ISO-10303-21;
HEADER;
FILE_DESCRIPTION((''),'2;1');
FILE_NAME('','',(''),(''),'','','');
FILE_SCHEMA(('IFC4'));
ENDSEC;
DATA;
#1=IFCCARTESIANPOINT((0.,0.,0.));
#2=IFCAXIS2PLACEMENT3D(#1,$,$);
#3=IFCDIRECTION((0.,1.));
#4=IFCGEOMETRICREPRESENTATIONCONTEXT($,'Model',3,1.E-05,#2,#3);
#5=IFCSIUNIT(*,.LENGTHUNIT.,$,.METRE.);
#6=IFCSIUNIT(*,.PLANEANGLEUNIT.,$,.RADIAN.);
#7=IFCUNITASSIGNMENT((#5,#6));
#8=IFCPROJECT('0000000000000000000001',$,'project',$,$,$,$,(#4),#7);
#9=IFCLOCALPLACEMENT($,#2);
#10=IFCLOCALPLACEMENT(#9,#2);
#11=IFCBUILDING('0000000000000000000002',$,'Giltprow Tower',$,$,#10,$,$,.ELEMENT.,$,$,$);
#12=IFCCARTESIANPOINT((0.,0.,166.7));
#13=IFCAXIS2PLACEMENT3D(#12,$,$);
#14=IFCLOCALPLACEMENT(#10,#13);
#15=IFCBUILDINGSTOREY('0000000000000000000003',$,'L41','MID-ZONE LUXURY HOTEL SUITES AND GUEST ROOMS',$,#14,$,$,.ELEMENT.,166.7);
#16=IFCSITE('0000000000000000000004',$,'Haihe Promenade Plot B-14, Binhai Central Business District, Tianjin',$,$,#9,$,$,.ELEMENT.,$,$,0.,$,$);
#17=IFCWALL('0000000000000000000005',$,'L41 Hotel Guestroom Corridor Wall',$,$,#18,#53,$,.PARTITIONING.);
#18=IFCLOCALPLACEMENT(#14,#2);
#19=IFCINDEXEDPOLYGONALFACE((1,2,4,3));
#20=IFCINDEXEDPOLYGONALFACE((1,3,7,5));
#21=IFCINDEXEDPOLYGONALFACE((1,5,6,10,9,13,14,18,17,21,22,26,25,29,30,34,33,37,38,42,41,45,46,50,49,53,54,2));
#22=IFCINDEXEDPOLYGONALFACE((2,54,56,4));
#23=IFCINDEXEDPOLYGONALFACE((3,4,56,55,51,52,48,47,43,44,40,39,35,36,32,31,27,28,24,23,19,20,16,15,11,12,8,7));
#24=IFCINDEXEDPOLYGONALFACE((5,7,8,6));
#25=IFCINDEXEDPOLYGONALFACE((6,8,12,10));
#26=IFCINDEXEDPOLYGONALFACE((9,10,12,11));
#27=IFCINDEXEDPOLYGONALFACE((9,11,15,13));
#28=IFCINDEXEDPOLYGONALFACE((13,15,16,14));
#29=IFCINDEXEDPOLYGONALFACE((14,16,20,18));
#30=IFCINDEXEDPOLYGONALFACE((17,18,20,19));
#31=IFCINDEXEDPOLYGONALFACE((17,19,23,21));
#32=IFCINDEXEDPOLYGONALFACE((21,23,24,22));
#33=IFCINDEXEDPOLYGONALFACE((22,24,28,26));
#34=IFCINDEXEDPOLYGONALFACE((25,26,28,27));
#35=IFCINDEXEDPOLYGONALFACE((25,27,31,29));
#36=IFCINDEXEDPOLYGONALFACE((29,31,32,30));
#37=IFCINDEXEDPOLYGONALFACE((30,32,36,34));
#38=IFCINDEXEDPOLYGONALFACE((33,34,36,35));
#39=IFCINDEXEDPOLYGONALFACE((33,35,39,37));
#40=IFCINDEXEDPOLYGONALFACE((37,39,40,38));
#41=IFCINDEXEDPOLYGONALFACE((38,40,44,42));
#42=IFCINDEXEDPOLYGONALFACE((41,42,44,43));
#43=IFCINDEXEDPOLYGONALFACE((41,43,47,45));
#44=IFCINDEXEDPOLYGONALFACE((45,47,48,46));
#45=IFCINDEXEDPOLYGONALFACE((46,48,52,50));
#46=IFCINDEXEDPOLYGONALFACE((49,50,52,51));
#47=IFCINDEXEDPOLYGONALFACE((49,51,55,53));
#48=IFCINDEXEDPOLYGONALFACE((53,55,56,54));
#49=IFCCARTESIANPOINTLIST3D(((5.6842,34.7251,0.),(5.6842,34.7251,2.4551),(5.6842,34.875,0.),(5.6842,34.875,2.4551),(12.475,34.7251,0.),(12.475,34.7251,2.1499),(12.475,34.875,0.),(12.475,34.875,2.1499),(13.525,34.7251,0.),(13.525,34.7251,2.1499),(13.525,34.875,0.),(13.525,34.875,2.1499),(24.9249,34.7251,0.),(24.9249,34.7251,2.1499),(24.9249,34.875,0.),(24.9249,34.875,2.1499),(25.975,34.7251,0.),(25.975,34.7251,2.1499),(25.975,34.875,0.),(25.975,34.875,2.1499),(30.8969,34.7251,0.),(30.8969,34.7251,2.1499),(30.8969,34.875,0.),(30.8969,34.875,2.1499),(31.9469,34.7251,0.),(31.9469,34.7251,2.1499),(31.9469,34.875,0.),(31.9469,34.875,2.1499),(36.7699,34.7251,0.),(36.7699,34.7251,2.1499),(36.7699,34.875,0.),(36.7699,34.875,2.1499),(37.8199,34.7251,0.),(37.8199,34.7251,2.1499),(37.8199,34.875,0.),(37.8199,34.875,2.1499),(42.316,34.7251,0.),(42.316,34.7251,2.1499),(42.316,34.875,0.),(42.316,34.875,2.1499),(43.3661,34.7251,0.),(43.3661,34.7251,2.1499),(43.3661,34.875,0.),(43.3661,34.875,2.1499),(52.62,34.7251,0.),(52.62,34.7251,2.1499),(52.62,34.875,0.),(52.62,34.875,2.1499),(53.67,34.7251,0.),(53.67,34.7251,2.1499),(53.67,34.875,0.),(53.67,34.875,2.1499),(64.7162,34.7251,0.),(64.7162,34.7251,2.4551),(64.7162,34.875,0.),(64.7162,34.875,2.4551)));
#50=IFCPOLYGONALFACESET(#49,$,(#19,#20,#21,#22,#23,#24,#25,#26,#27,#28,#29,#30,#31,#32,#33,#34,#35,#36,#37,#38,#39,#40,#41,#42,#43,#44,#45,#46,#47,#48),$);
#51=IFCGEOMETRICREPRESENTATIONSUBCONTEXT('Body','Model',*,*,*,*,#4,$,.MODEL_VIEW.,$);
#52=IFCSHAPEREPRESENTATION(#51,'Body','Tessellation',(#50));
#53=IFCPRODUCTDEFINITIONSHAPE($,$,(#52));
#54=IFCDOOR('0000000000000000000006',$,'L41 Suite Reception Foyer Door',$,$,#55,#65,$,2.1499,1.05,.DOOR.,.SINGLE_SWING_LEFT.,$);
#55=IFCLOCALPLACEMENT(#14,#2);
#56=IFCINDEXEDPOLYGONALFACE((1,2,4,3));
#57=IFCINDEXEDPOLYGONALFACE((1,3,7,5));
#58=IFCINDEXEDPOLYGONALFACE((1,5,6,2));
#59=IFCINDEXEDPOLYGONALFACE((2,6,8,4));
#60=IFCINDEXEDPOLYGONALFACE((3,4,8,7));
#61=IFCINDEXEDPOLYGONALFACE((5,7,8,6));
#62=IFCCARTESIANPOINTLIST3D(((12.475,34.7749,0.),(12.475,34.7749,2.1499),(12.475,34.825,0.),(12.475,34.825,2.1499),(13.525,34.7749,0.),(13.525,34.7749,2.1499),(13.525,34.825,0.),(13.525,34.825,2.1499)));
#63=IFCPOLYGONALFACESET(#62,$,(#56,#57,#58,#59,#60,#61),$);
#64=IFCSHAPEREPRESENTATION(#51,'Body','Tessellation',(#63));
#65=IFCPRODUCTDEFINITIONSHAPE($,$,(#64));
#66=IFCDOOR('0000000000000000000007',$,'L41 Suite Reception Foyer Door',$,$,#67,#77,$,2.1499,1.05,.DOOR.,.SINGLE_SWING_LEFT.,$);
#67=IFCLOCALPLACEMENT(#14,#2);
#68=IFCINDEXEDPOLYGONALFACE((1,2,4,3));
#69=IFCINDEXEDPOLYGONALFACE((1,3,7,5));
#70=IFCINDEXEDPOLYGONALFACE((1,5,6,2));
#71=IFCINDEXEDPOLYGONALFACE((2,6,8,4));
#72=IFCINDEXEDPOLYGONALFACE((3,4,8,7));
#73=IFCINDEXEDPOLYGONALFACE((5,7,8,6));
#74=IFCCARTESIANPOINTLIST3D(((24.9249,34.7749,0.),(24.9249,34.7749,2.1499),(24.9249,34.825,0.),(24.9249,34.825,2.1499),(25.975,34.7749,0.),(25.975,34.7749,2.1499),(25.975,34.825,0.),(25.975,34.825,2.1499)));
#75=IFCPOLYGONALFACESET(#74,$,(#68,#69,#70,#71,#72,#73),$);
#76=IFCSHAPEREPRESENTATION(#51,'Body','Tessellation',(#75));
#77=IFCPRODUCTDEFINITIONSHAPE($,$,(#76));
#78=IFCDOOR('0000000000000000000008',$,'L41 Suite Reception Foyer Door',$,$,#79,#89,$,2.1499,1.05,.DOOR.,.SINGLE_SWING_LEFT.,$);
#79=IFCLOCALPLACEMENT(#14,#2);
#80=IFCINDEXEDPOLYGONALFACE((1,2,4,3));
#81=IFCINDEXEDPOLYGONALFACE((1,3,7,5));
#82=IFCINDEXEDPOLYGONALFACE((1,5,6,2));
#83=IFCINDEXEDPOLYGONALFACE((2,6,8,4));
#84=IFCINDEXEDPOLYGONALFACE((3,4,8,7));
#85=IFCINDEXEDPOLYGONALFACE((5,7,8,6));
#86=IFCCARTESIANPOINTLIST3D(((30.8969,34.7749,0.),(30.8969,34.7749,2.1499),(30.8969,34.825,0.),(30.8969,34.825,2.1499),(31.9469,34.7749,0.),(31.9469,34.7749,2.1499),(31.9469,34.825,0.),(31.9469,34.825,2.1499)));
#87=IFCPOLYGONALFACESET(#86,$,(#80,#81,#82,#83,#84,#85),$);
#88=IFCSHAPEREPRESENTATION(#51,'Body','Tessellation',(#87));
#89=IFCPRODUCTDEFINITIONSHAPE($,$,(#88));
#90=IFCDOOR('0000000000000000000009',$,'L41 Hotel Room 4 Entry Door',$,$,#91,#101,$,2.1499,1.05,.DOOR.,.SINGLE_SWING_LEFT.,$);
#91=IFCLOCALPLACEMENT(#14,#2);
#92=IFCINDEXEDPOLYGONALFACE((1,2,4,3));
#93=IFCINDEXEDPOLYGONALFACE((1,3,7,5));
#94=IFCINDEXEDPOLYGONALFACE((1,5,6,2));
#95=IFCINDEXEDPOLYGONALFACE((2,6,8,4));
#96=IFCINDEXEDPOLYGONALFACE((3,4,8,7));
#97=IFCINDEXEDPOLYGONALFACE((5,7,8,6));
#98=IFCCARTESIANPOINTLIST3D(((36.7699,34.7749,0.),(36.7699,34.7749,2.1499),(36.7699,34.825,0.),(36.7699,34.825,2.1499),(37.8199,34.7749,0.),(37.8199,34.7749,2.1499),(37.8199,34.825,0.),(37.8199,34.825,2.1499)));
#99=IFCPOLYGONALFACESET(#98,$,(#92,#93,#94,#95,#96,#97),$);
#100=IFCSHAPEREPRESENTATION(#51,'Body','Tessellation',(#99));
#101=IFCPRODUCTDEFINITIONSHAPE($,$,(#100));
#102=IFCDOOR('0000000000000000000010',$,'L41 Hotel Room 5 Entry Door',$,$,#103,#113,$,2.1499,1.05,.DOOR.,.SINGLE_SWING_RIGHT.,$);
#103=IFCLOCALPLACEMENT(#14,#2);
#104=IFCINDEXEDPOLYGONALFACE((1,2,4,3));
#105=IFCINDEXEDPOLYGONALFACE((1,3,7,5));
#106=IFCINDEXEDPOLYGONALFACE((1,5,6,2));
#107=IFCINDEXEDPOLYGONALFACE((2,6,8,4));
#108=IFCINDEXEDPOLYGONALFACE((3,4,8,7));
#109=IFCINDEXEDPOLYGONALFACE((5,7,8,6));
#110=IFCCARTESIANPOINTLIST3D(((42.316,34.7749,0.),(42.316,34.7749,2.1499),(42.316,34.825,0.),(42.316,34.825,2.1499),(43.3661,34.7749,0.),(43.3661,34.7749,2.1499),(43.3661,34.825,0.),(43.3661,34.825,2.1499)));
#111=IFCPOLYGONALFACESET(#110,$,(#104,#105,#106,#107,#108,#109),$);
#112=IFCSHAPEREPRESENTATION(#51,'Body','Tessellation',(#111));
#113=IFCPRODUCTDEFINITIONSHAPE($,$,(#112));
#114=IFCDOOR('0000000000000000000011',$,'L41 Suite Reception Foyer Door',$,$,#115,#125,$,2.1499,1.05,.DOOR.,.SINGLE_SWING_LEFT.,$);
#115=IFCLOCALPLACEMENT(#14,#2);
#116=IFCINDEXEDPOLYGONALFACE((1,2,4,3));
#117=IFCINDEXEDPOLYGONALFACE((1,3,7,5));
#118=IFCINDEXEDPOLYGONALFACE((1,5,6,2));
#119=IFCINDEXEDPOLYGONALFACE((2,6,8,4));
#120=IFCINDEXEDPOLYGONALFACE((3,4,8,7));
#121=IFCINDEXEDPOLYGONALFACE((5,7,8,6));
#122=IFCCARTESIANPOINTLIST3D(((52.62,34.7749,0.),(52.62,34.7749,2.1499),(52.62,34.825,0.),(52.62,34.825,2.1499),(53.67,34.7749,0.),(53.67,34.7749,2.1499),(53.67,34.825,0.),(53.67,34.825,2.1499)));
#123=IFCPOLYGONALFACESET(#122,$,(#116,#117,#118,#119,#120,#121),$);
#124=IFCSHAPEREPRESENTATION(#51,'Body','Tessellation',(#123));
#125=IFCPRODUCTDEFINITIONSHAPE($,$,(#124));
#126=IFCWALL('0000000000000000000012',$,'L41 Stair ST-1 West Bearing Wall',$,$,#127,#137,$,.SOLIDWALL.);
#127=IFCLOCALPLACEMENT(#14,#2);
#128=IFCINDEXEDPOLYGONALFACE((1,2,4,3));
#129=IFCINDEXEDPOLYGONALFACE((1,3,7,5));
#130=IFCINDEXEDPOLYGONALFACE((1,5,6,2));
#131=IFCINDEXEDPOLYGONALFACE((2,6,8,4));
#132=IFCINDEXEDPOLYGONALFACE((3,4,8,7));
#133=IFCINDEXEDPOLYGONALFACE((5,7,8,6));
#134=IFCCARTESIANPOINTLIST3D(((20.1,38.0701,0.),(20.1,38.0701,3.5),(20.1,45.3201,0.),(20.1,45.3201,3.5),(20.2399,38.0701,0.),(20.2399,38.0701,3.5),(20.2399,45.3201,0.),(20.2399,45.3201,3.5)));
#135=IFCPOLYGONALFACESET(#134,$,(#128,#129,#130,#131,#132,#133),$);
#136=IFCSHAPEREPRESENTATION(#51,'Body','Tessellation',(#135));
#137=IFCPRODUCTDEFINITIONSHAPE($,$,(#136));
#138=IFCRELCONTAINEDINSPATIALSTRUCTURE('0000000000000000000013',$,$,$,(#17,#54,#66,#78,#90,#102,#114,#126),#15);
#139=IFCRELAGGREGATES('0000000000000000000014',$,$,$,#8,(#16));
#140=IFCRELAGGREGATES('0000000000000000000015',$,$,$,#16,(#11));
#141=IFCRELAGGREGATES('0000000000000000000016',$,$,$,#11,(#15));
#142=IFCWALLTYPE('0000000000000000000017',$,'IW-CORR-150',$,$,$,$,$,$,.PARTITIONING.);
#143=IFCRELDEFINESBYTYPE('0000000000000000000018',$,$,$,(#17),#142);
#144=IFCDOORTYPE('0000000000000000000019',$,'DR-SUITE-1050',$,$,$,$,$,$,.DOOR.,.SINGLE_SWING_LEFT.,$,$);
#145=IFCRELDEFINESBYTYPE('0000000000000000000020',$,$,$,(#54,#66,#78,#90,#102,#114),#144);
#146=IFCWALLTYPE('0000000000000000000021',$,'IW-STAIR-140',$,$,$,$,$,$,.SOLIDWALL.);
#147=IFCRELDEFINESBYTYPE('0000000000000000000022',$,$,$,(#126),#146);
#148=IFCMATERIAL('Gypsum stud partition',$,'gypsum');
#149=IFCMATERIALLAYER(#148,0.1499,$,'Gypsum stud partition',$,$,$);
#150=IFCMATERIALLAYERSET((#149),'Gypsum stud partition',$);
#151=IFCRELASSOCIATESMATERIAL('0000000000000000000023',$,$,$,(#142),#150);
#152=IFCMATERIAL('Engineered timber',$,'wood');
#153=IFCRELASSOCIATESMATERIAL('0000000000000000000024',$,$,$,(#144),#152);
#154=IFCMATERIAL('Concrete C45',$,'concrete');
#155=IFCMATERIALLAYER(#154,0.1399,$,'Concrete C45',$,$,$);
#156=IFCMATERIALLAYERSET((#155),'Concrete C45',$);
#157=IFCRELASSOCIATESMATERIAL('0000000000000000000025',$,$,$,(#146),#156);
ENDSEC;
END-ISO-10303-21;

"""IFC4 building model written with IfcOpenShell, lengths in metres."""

from ifc_helpers import new_model, si_unit, direction, frame, frame_2d, origin, place, context, subcontext, project, spatial, rectangle, extrude, source, transform, mapped, material, layer, layer_set, type_object, element, fill, save


model = new_model("IFC4")

# Units and contexts
model_context = context("Model", 3, precision=1e-05, world=origin(), true_north=direction((0.0, 1.0)))
body_context = subcontext(model_context, "Body", "Model", "MODEL_VIEW")
ifc_project = project(units=[si_unit("LENGTHUNIT", "METRE"), si_unit("PLANEANGLEUNIT", "RADIAN")], contexts=[model_context])

# Site, building, storey
site_placement = place(None, origin())
site = spatial("IfcSite", under=ifc_project, at=site_placement, Name="Haihe Promenade Plot B-14, Binhai Central Business District, Tianjin", CompositionType="ELEMENT", RefElevation=0.0)
building_placement = place(site_placement, origin())
building = spatial("IfcBuilding", under=site, at=building_placement, Name="Giltprow Tower", CompositionType="ELEMENT")
storey_placement = place(building_placement, frame((0.0, 0.0, 166.7)))
storey = spatial("IfcBuildingStorey", under=building, at=storey_placement, Name="L41", Description="MID-ZONE LUXURY HOTEL SUITES AND GUEST ROOMS", CompositionType="ELEMENT", Elevation=166.7)

# Wall, openings, doors
ifc_material_1 = material(Name="Gypsum stud partition", Category="gypsum")
ifc_layer_1 = layer(ifc_material_1, 0.1499, Name="Gypsum stud partition")
ifc_layer_set_1 = layer_set([ifc_layer_1], Name="Gypsum stud partition")
wall_type_1 = type_object("IfcWallType", Name="IW-CORR-150", PredefinedType="PARTITIONING", material=ifc_layer_set_1)
wall_1_placement = place(storey_placement, frame((5.6841, 34.8, 0.0), z_axis=(0.0, 0.0, 1.0), x_axis=(1.0, 0.0, 0.0)))
wall_1 = element("IfcWall", 1, at=wall_1_placement, inside=storey, type_object=wall_type_1, Name="L41 Hotel Guestroom Corridor Wall", PredefinedType="PARTITIONING", context=body_context, shape_type="SweptSolid", body=[
    extrude(rectangle(XDim=59.032, YDim=0.1499, at=frame_2d((29.5161, 0.0))), origin(), (0.0, 0.0, 1.0), 2.4551),
])
opening_1_placement = place(wall_1_placement, frame((6.791, 0.0, 0.0)))
opening_1 = element("IfcOpeningElement", 2, at=opening_1_placement, cuts=wall_1, PredefinedType="OPENING", context=body_context, shape_type="SweptSolid", body=[
    extrude(rectangle(XDim=1.05, YDim=2.1499, at=frame_2d((0.5249, 1.075))), frame((0.0, 0.085, 0.0), z_axis=(0.0, -1.0, 0.0), x_axis=(1.0, 0.0, 0.0)), (0.0, 0.0, 1.0), 0.1699),
])
opening_2_placement = place(wall_1_placement, frame((19.241, 0.0, 0.0)))
opening_2 = element("IfcOpeningElement", 3, at=opening_2_placement, cuts=wall_1, PredefinedType="OPENING", context=body_context, shape_type="SweptSolid", body=[
    extrude(rectangle(XDim=1.05, YDim=2.1499, at=frame_2d((0.5249, 1.075))), frame((0.0, 0.085, 0.0), z_axis=(0.0, -1.0, 0.0), x_axis=(1.0, 0.0, 0.0)), (0.0, 0.0, 1.0), 0.1699),
])
opening_3_placement = place(wall_1_placement, frame((25.2129, 0.0, 0.0)))
opening_3 = element("IfcOpeningElement", 4, at=opening_3_placement, cuts=wall_1, PredefinedType="OPENING", context=body_context, shape_type="SweptSolid", body=[
    extrude(rectangle(XDim=1.05, YDim=2.1499, at=frame_2d((0.5249, 1.075))), frame((0.0, 0.085, 0.0), z_axis=(0.0, -1.0, 0.0), x_axis=(1.0, 0.0, 0.0)), (0.0, 0.0, 1.0), 0.1699),
])
opening_4_placement = place(wall_1_placement, frame((31.0859, 0.0, 0.0)))
opening_4 = element("IfcOpeningElement", 5, at=opening_4_placement, cuts=wall_1, PredefinedType="OPENING", context=body_context, shape_type="SweptSolid", body=[
    extrude(rectangle(XDim=1.05, YDim=2.1499, at=frame_2d((0.5249, 1.075))), frame((0.0, 0.085, 0.0), z_axis=(0.0, -1.0, 0.0), x_axis=(1.0, 0.0, 0.0)), (0.0, 0.0, 1.0), 0.1699),
])
opening_5_placement = place(wall_1_placement, frame((36.6321, 0.0, 0.0)))
opening_5 = element("IfcOpeningElement", 6, at=opening_5_placement, cuts=wall_1, PredefinedType="OPENING", context=body_context, shape_type="SweptSolid", body=[
    extrude(rectangle(XDim=1.05, YDim=2.1499, at=frame_2d((0.5249, 1.075))), frame((0.0, 0.085, 0.0), z_axis=(0.0, -1.0, 0.0), x_axis=(1.0, 0.0, 0.0)), (0.0, 0.0, 1.0), 0.1699),
])
opening_6_placement = place(wall_1_placement, frame((46.936, 0.0, 0.0)))
opening_6 = element("IfcOpeningElement", 7, at=opening_6_placement, cuts=wall_1, PredefinedType="OPENING", context=body_context, shape_type="SweptSolid", body=[
    extrude(rectangle(XDim=1.05, YDim=2.1499, at=frame_2d((0.5249, 1.075))), frame((0.0, 0.085, 0.0), z_axis=(0.0, -1.0, 0.0), x_axis=(1.0, 0.0, 0.0)), (0.0, 0.0, 1.0), 0.1699),
])
ifc_material_2 = material(Name="Engineered timber", Category="wood")
door_type_1 = type_object("IfcDoorType", Name="DR-SUITE-1050", OperationType="SINGLE_SWING_LEFT", PredefinedType="DOOR", material=ifc_material_2)
shared_shape_1 = source(origin(), body_context, "Body", "SweptSolid", [
    extrude(rectangle(XDim=1.05, YDim=2.1499, at=frame_2d((0.5249, 1.075))), frame((0.0, 0.0249, 0.0), z_axis=(0.0, -1.0, 0.0), x_axis=(1.0, 0.0, 0.0)), (0.0, 0.0, 1.0), 0.05),
])
door_1_placement = place(opening_1_placement, origin())
door_1 = element("IfcDoor", 8, at=door_1_placement, inside=storey, type_object=door_type_1, Name="L41 Suite Reception Foyer Door", OperationType="SINGLE_SWING_LEFT", OverallHeight=2.1499, OverallWidth=1.05, PredefinedType="DOOR", context=body_context, shape_type="MappedRepresentation", body=[
    mapped(shared_shape_1, transform((0.0, 0.0, 0.0), x_axis=(1.0, 0.0, 0.0), y_axis=(0.0, 1.0, 0.0), z_axis=(0.0, 0.0, 1.0), scale=1.0)),
])
fill(opening_1, door_1)
door_2_placement = place(opening_2_placement, origin())
door_2 = element("IfcDoor", 9, at=door_2_placement, inside=storey, type_object=door_type_1, Name="L41 Suite Reception Foyer Door", OperationType="SINGLE_SWING_LEFT", OverallHeight=2.1499, OverallWidth=1.05, PredefinedType="DOOR", context=body_context, shape_type="MappedRepresentation", body=[
    mapped(shared_shape_1, transform((0.0, 0.0, 0.0), x_axis=(1.0, 0.0, 0.0), y_axis=(0.0, 1.0, 0.0), z_axis=(0.0, 0.0, 1.0), scale=1.0)),
])
fill(opening_2, door_2)
door_3_placement = place(opening_3_placement, origin())
door_3 = element("IfcDoor", 10, at=door_3_placement, inside=storey, type_object=door_type_1, Name="L41 Suite Reception Foyer Door", OperationType="SINGLE_SWING_LEFT", OverallHeight=2.1499, OverallWidth=1.05, PredefinedType="DOOR", context=body_context, shape_type="MappedRepresentation", body=[
    mapped(shared_shape_1, transform((0.0, 0.0, 0.0), x_axis=(1.0, 0.0, 0.0), y_axis=(0.0, 1.0, 0.0), z_axis=(0.0, 0.0, 1.0), scale=1.0)),
])
fill(opening_3, door_3)
door_4_placement = place(opening_4_placement, origin())
door_4 = element("IfcDoor", 11, at=door_4_placement, inside=storey, type_object=door_type_1, Name="L41 Hotel Room 4 Entry Door", OperationType="SINGLE_SWING_LEFT", OverallHeight=2.1499, OverallWidth=1.05, PredefinedType="DOOR", context=body_context, shape_type="MappedRepresentation", body=[
    mapped(shared_shape_1, transform((0.0, 0.0, 0.0), x_axis=(1.0, 0.0, 0.0), y_axis=(0.0, 1.0, 0.0), z_axis=(0.0, 0.0, 1.0), scale=1.0)),
])
fill(opening_4, door_4)
door_5_placement = place(opening_5_placement, origin())
door_5 = element("IfcDoor", 12, at=door_5_placement, inside=storey, type_object=door_type_1, Name="L41 Hotel Room 5 Entry Door", OperationType="SINGLE_SWING_RIGHT", OverallHeight=2.1499, OverallWidth=1.05, PredefinedType="DOOR", context=body_context, shape_type="MappedRepresentation", body=[
    mapped(shared_shape_1, transform((0.0, 0.0, 0.0), x_axis=(1.0, 0.0, 0.0), y_axis=(0.0, 1.0, 0.0), z_axis=(0.0, 0.0, 1.0), scale=1.0)),
])
fill(opening_5, door_5)
door_6_placement = place(opening_6_placement, origin())
door_6 = element("IfcDoor", 13, at=door_6_placement, inside=storey, type_object=door_type_1, Name="L41 Suite Reception Foyer Door", OperationType="SINGLE_SWING_LEFT", OverallHeight=2.1499, OverallWidth=1.05, PredefinedType="DOOR", context=body_context, shape_type="MappedRepresentation", body=[
    mapped(shared_shape_1, transform((0.0, 0.0, 0.0), x_axis=(1.0, 0.0, 0.0), y_axis=(0.0, 1.0, 0.0), z_axis=(0.0, 0.0, 1.0), scale=1.0)),
])
fill(opening_6, door_6)

# Wall
ifc_material_3 = material(Name="Concrete C45", Category="concrete")
ifc_layer_2 = layer(ifc_material_3, 0.1399, Name="Concrete C45")
ifc_layer_set_2 = layer_set([ifc_layer_2], Name="Concrete C45")
wall_type_2 = type_object("IfcWallType", Name="IW-STAIR-140", PredefinedType="SOLIDWALL", material=ifc_layer_set_2)
wall_2_placement = place(storey_placement, frame((20.1699, 38.0701, 0.0), z_axis=(0.0, 0.0, 1.0), x_axis=(0.0, 1.0, 0.0)))
element("IfcWall", 14, at=wall_2_placement, inside=storey, type_object=wall_type_2, Name="L41 Stair ST-1 West Bearing Wall", PredefinedType="SOLIDWALL", context=body_context, shape_type="SweptSolid", body=[
    extrude(rectangle(XDim=7.25, YDim=0.1399, at=frame_2d((3.625, 0.0))), origin(), (0.0, 0.0, 1.0), 3.5),
])

save(model, "model.ifc")
